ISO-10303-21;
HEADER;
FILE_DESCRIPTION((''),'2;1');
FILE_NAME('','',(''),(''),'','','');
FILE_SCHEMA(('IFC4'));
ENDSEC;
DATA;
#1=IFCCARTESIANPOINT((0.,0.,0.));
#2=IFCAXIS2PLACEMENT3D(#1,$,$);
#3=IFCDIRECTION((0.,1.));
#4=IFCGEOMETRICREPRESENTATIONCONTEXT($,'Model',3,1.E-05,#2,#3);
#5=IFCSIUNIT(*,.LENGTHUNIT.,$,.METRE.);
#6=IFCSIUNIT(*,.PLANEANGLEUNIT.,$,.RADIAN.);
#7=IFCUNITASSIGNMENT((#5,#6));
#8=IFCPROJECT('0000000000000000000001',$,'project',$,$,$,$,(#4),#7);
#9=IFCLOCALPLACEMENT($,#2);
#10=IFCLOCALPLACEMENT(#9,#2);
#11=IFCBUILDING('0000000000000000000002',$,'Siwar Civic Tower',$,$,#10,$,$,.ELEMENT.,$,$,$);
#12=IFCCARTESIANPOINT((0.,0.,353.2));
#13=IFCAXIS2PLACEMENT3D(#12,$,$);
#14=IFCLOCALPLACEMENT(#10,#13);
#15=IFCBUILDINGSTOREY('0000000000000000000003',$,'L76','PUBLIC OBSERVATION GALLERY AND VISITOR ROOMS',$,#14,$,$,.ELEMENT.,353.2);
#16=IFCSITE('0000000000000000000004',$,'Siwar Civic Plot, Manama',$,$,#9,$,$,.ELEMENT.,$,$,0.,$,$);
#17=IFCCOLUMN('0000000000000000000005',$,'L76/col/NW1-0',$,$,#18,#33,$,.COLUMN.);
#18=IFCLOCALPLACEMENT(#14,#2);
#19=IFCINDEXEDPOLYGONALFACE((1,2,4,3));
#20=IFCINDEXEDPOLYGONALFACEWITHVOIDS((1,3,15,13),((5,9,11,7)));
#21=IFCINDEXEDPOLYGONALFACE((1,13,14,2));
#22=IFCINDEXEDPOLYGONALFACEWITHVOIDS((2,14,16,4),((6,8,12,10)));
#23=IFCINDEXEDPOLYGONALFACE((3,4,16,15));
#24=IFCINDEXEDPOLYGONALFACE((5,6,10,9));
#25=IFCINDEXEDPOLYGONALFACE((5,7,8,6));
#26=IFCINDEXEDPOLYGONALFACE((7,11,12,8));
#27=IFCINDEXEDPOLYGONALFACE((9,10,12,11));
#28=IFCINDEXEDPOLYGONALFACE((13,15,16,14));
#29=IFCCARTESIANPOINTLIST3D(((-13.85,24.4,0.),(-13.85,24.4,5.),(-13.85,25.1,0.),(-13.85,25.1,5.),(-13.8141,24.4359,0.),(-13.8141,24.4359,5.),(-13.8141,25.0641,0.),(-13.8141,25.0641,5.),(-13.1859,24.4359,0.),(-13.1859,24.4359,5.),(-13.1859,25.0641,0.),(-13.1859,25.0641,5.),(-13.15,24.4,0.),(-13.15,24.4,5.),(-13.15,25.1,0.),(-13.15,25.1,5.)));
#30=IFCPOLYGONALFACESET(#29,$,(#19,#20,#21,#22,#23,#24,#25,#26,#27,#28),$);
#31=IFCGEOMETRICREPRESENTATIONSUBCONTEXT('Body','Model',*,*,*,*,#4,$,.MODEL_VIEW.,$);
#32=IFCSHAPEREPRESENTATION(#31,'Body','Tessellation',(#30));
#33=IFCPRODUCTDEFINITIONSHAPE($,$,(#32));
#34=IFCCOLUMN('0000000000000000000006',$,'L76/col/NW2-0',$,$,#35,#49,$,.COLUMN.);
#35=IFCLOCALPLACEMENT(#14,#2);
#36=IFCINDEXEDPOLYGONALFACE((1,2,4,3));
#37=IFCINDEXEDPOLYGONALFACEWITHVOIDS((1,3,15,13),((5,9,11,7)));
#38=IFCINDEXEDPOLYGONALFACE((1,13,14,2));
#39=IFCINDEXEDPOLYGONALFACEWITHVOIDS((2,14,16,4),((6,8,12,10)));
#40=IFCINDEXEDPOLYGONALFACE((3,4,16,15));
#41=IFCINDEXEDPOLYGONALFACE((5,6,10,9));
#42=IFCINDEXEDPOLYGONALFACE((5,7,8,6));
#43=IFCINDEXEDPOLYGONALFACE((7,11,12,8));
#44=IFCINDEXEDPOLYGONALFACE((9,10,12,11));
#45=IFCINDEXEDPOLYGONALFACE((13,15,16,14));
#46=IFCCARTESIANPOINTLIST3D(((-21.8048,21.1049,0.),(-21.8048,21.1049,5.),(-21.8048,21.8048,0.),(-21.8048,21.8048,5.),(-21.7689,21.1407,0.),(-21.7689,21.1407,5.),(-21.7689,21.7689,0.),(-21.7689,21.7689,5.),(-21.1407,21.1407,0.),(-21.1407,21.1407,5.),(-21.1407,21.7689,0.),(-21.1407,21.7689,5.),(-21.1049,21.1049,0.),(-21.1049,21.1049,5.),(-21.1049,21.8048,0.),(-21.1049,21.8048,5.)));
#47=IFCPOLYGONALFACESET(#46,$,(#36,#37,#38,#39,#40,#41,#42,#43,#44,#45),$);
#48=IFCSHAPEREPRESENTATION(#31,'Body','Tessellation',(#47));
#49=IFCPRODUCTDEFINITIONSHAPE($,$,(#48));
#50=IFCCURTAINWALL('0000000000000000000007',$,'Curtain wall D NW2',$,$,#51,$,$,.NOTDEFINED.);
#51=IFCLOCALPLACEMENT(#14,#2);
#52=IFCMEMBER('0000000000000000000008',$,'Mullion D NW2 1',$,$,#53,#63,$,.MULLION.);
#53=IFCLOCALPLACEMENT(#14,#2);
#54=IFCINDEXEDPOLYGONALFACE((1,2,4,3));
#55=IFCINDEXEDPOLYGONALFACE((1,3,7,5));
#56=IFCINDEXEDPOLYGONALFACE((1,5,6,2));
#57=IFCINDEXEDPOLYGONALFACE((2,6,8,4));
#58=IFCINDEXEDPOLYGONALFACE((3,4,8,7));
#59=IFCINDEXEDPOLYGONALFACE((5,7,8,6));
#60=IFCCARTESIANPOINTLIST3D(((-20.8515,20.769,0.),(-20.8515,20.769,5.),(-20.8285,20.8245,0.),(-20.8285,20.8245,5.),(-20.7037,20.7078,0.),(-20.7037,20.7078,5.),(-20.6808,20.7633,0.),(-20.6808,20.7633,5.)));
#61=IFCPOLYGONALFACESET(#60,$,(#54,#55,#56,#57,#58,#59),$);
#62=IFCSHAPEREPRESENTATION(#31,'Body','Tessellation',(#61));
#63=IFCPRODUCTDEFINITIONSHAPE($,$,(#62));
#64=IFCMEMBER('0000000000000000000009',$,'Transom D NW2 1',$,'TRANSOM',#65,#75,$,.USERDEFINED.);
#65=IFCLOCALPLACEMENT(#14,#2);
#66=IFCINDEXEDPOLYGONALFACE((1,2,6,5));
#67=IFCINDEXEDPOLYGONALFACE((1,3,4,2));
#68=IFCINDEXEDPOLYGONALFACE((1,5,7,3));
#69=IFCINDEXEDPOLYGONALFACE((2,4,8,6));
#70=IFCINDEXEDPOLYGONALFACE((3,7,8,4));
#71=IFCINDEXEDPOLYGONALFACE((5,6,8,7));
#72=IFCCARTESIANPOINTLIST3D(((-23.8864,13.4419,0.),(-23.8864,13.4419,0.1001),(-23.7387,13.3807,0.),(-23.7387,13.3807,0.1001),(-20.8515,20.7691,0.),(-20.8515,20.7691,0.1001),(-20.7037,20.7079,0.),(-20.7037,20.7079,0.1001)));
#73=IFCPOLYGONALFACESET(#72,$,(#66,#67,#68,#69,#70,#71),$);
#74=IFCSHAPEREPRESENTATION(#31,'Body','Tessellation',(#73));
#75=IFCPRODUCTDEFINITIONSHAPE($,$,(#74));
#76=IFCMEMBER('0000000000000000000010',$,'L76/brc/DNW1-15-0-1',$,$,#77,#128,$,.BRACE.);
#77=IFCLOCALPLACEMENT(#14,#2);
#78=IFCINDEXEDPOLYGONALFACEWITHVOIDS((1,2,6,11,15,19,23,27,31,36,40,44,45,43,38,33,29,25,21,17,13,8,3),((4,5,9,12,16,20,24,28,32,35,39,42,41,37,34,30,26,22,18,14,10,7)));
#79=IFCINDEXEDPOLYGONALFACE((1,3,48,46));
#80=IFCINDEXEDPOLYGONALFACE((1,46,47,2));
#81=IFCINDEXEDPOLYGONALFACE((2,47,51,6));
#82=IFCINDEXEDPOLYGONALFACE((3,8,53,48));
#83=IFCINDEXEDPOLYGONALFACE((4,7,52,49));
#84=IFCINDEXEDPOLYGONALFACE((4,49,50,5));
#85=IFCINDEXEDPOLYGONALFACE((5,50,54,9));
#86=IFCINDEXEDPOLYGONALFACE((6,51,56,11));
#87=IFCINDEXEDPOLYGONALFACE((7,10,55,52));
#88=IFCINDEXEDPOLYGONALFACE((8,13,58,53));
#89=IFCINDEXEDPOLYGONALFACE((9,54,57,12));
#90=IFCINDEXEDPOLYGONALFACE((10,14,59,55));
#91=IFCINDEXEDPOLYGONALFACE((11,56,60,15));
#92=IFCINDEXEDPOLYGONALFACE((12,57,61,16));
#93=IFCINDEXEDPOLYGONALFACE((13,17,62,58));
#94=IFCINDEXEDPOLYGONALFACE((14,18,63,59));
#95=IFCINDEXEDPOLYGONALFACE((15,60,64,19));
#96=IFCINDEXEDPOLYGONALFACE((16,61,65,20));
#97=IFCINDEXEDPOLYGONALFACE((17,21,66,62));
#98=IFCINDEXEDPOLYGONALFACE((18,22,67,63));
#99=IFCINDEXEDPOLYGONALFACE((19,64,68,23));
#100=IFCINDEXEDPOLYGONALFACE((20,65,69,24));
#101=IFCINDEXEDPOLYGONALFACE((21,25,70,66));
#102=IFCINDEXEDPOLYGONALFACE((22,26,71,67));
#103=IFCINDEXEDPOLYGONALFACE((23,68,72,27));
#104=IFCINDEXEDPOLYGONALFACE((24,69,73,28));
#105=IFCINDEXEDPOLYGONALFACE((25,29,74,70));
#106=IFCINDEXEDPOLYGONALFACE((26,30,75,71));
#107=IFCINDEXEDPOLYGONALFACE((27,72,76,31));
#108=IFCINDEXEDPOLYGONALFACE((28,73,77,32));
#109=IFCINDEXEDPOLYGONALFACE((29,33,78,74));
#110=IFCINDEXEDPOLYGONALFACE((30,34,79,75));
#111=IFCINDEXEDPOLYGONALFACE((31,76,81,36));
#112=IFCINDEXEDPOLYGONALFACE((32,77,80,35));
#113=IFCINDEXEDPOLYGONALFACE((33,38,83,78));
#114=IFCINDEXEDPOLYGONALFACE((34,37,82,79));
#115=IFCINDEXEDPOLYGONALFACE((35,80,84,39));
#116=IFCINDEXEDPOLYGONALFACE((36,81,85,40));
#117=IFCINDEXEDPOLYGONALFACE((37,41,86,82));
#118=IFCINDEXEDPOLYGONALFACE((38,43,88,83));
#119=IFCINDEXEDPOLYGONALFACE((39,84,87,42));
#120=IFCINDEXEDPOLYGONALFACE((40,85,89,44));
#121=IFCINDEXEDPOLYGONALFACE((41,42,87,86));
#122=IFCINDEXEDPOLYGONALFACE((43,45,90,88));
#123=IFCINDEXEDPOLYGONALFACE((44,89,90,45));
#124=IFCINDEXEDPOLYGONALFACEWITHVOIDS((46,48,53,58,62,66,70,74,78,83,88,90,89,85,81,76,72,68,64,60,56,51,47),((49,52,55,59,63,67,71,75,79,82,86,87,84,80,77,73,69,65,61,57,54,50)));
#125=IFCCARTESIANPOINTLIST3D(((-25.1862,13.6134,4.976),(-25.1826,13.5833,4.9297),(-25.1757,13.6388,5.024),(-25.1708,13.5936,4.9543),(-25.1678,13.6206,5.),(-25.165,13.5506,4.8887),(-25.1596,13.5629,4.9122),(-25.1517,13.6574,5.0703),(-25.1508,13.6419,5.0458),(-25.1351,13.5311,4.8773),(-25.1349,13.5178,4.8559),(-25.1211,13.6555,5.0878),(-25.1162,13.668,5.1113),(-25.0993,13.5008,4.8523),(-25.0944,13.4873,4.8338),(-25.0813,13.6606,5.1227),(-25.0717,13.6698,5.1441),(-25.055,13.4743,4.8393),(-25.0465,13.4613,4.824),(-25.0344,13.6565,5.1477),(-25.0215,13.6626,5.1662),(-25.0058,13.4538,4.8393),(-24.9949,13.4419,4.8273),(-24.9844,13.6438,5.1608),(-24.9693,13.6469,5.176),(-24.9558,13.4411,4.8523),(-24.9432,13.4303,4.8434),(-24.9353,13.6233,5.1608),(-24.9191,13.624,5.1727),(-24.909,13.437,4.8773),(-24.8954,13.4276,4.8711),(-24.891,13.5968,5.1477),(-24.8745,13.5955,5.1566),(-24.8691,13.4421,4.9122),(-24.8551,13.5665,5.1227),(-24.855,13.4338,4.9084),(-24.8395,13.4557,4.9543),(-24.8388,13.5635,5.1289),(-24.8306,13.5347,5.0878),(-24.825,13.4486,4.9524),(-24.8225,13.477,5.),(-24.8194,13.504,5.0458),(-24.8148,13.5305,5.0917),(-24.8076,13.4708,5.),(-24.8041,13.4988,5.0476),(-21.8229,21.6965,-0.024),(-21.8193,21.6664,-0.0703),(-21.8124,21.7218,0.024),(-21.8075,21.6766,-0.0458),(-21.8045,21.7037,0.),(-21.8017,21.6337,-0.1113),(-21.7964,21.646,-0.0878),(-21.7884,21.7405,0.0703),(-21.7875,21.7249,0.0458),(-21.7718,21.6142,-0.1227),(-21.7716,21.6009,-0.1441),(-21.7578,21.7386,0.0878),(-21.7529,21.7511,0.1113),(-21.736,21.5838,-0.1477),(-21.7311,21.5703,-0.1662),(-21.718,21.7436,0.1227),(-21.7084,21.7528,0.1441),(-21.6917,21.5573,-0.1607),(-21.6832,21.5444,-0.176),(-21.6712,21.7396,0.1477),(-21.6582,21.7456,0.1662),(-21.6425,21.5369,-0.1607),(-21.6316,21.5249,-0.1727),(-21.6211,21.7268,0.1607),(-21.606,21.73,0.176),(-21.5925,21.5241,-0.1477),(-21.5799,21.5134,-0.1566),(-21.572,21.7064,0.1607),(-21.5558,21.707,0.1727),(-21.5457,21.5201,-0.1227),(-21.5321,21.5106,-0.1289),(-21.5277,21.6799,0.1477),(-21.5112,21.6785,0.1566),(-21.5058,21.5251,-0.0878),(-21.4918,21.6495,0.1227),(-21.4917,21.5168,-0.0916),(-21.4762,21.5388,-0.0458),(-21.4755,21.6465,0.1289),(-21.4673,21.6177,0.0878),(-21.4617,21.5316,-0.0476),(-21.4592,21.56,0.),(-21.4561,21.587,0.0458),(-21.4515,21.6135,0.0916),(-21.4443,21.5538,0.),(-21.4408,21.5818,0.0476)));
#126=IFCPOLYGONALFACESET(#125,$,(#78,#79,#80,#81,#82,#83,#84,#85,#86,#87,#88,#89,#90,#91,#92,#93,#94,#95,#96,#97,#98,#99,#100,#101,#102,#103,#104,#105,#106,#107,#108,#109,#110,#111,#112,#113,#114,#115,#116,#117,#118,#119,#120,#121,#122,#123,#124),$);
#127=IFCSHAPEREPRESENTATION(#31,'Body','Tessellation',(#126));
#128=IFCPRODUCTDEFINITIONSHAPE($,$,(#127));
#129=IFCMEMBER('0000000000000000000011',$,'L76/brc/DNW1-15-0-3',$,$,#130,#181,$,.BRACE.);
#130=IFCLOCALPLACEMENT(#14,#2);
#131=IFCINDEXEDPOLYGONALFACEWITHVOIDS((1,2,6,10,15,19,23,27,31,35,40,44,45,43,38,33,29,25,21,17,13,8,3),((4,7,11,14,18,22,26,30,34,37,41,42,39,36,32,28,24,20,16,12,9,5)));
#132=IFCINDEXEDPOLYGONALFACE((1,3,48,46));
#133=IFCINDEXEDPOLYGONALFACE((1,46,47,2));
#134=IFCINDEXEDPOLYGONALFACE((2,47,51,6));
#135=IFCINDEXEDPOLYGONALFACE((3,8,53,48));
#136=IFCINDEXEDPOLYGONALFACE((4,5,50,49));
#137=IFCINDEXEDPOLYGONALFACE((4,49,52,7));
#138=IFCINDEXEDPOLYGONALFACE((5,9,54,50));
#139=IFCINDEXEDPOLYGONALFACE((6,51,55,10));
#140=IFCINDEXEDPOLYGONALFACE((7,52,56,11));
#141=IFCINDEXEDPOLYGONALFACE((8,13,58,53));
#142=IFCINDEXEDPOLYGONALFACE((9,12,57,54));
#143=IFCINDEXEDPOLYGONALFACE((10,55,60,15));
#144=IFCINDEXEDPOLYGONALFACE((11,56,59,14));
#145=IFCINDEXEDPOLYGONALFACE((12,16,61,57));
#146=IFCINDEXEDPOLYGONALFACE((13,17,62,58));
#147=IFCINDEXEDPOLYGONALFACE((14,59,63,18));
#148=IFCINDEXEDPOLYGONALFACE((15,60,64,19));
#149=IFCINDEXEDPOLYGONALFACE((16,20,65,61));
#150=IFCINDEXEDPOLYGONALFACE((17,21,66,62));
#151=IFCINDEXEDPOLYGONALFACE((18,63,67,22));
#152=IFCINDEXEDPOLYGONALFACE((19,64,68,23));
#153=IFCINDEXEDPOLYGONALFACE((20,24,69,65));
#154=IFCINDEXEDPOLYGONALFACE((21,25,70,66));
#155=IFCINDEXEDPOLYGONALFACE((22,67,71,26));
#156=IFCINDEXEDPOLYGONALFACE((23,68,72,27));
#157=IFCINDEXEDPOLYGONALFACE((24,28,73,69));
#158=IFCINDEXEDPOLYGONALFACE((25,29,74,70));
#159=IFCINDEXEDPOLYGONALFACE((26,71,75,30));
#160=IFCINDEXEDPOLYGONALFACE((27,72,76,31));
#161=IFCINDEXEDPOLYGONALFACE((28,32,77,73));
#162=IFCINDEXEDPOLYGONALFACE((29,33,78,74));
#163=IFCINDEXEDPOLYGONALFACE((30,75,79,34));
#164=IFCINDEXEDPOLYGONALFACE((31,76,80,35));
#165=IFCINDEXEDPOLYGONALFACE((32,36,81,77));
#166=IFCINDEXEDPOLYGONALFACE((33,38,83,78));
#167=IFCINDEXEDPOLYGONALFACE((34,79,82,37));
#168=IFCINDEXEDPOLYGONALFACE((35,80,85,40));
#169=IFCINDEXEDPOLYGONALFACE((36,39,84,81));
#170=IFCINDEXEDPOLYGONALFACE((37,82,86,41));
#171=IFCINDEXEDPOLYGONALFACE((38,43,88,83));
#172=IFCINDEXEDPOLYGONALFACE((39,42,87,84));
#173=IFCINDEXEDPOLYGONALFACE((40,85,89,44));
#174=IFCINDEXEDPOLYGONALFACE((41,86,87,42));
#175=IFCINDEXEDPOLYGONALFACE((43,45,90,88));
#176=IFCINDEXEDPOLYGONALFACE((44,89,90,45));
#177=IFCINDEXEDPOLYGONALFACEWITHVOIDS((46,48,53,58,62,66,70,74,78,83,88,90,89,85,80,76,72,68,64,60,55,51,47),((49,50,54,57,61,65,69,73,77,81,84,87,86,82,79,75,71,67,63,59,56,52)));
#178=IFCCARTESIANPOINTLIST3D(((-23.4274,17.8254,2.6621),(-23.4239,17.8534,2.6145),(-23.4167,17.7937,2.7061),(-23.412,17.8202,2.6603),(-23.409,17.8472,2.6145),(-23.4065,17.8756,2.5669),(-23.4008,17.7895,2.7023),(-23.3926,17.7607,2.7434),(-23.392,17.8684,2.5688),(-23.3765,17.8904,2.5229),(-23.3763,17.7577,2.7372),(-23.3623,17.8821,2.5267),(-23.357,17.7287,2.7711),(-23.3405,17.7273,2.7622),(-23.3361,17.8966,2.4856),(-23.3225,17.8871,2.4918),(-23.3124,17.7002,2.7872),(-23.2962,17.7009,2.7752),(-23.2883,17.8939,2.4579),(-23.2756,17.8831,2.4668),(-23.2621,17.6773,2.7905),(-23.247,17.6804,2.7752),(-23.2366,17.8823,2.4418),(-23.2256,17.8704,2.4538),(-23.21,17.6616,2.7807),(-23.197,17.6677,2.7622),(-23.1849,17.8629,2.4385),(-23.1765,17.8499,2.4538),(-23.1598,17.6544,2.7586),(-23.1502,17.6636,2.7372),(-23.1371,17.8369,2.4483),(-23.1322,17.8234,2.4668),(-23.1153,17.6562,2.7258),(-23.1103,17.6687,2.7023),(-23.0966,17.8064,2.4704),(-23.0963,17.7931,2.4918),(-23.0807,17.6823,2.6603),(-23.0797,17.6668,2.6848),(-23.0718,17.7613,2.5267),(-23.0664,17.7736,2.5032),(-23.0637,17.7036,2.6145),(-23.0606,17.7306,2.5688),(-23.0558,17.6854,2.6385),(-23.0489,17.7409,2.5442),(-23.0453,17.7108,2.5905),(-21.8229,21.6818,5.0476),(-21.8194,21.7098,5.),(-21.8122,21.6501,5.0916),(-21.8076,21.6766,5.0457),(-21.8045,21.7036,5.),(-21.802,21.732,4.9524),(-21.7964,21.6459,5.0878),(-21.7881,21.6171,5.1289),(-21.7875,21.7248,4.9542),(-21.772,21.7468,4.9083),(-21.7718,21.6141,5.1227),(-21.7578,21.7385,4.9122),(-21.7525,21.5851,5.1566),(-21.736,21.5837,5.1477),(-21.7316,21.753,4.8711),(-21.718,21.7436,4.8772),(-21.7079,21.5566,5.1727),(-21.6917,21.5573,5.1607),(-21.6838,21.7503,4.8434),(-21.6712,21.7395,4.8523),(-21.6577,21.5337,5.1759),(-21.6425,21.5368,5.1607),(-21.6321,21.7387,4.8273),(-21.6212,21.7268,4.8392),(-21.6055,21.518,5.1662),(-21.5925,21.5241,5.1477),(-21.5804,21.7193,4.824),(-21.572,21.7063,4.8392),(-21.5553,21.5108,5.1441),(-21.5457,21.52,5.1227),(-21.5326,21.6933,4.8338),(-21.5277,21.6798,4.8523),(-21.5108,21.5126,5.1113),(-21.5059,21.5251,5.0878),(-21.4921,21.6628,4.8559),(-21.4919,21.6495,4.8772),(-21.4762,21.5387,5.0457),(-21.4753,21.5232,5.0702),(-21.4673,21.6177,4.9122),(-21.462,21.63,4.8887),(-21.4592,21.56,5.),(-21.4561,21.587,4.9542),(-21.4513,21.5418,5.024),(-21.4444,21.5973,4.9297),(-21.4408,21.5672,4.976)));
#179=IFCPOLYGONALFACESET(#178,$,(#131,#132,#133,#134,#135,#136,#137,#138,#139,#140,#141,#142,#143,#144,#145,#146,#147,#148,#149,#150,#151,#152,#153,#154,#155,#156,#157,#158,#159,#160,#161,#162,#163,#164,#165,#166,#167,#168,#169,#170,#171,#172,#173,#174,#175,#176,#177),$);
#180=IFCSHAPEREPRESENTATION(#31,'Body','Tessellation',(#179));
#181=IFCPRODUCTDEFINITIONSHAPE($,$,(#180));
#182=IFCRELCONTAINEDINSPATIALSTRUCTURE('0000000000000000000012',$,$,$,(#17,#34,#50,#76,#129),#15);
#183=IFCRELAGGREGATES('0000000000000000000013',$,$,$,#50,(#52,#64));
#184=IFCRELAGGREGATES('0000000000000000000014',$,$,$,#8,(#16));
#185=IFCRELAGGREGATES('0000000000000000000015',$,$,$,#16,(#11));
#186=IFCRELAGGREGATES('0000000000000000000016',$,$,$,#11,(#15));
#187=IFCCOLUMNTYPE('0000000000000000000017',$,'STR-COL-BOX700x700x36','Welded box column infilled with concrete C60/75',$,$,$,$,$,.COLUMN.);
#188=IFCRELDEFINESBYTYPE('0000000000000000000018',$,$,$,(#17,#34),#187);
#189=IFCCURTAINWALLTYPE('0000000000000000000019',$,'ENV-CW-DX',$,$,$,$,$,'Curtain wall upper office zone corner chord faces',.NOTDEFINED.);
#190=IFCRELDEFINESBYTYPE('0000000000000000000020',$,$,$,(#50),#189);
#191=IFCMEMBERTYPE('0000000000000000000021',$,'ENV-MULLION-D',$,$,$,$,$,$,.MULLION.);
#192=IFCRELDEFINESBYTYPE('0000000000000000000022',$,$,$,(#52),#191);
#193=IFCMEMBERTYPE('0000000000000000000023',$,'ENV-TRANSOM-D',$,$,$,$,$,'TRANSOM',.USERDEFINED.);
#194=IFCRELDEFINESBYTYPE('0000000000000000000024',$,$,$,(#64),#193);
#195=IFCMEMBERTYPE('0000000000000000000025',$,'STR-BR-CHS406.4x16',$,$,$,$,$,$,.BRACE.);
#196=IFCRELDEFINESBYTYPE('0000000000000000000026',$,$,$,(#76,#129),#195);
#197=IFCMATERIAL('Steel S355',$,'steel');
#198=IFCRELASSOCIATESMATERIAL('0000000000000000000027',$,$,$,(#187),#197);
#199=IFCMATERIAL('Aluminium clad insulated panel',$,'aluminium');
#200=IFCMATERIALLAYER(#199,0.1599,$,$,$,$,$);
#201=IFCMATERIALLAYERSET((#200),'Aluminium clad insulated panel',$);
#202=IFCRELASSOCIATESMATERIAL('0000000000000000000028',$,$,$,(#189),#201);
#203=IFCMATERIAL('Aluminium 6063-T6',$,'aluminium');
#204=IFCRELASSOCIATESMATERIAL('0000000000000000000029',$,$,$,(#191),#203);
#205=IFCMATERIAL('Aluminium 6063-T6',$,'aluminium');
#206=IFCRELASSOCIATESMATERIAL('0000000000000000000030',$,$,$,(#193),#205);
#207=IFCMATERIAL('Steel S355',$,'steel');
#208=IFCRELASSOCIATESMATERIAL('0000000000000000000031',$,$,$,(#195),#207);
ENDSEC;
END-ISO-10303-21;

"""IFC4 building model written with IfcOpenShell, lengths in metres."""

from ifc_helpers import new_model, si_unit, direction, frame, origin, origin_2d, place, context, subcontext, project, spatial, rectangle, hollow_rectangle, hollow_circle, extrude, material, layer, layer_set, material_profile, profile_set, type_object, element, aggregate, save


model = new_model("IFC4")

# Units and contexts
model_context = context("Model", 3, precision=1e-05, world=origin(), true_north=direction((0.0, 1.0)))
body_context = subcontext(model_context, "Body", "Model", "MODEL_VIEW")
ifc_project = project(units=[si_unit("LENGTHUNIT", "METRE"), si_unit("PLANEANGLEUNIT", "RADIAN")], contexts=[model_context])

# Site, building, storey
site_placement = place(None, origin())
site = spatial("IfcSite", under=ifc_project, at=site_placement, Name="Siwar Civic Plot, Manama", CompositionType="ELEMENT", RefElevation=0.0)
building_placement = place(site_placement, origin())
building = spatial("IfcBuilding", under=site, at=building_placement, Name="Siwar Civic Tower", CompositionType="ELEMENT")
storey_placement = place(building_placement, frame((0.0, 0.0, 353.2)))
storey = spatial("IfcBuildingStorey", under=building, at=storey_placement, Name="L76", Description="PUBLIC OBSERVATION GALLERY AND VISITOR ROOMS", CompositionType="ELEMENT", Elevation=353.2)

# Columns
ifc_material_1 = material(Name="Steel S355", Category="steel")
ifc_material_profile_1 = material_profile(ifc_material_1, hollow_rectangle(XDim=0.7, YDim=0.7, WallThickness=0.0359, at=origin_2d()), Name="BOX700x700x36")
ifc_profile_set_1 = profile_set([ifc_material_profile_1], Name="Steel S355")
column_type = type_object("IfcColumnType", Name="STR-COL-BOX700x700x36", Description="Welded box column infilled with concrete C60/75", PredefinedType="COLUMN", material=ifc_profile_set_1)
for number, where, z_axis, x_axis, name in (
    (1, (-13.5, 24.75, 0.0), (0.0, 0.0, 1.0), (1.0, 0.0, 0.0), "L76/col/NW1-0"),
    (2, (-21.4548, 21.4548, 0.0), (0.0, 0.0, 1.0), (1.0, 0.0, 0.0), "L76/col/NW2-0"),
):
    element("IfcColumn", number, at=place(storey_placement, frame(where, z_axis=z_axis, x_axis=x_axis)), inside=storey, type_object=column_type, Name=name, PredefinedType="COLUMN", context=body_context, shape_type="SweptSolid", body=[
        extrude(hollow_rectangle(XDim=0.7, YDim=0.7, WallThickness=0.0359, at=origin_2d()), origin(), (0.0, 0.0, 1.0), 5.0),
    ])

# Curtain wall, members
ifc_material_2 = material(Name="Aluminium clad insulated panel", Category="aluminium")
ifc_layer_1 = layer(ifc_material_2, 0.1599)
ifc_layer_set_1 = layer_set([ifc_layer_1], Name="Aluminium clad insulated panel")
curtain_wall_type = type_object("IfcCurtainWallType", Name="ENV-CW-DX", ElementType="Curtain wall upper office zone corner chord faces", PredefinedType="NOTDEFINED", material=ifc_layer_set_1)
curtain_wall_1_placement = place(storey_placement, origin())
curtain_wall_1 = element("IfcCurtainWall", 3, at=curtain_wall_1_placement, inside=storey, type_object=curtain_wall_type, Name="Curtain wall D NW2", PredefinedType="NOTDEFINED")
ifc_material_3 = material(Name="Aluminium 6063-T6", Category="aluminium")
ifc_material_profile_2 = material_profile(ifc_material_3, rectangle(XDim=0.1599, YDim=0.0601, at=origin_2d()), Name="AL 160x60")
ifc_profile_set_2 = profile_set([ifc_material_profile_2], Name="Aluminium 6063-T6")
member_type_1 = type_object("IfcMemberType", Name="ENV-MULLION-D", PredefinedType="MULLION", material=ifc_profile_set_2)
member_1_placement = place(storey_placement, frame((-20.7661, 20.7661, 0.0), z_axis=(0.0, 0.0, 1.0), x_axis=(0.92388, -0.382683, 0.0)))
member_1 = element("IfcMember", 4, at=member_1_placement, type_object=member_type_1, Name="Mullion D NW2 1", PredefinedType="MULLION", context=body_context, shape_type="SweptSolid", body=[
    extrude(rectangle(XDim=0.1599, YDim=0.0601, at=origin_2d()), origin(), (0.0, 0.0, 1.0), 5.0),
])
ifc_material_4 = material(Name="Aluminium 6063-T6", Category="aluminium")
ifc_material_profile_3 = material_profile(ifc_material_4, rectangle(XDim=0.1599, YDim=0.1001, at=origin_2d()), Name="AL 160x100")
ifc_profile_set_3 = profile_set([ifc_material_profile_3], Name="Aluminium 6063-T6")
member_type_2 = type_object("IfcMemberType", Name="ENV-TRANSOM-D", ElementType="TRANSOM", PredefinedType="USERDEFINED", material=ifc_profile_set_3)
member_2_placement = place(storey_placement, frame((-20.7776, 20.7385, 0.05), z_axis=(-0.382674, -0.923884, 0.0), x_axis=(0.923884, -0.382674, 0.0)))
member_2 = element("IfcMember", 5, at=member_2_placement, type_object=member_type_2, Name="Transom D NW2 1", ObjectType="TRANSOM", PredefinedType="USERDEFINED", context=body_context, shape_type="SweptSolid", body=[
    extrude(rectangle(XDim=0.1599, YDim=0.1001, at=origin_2d()), origin(), (0.0, 0.0, 1.0), 7.9309),
])

# Members
ifc_material_5 = material(Name="Steel S355", Category="steel")
ifc_material_profile_4 = material_profile(ifc_material_5, hollow_circle(Radius=0.2031, WallThickness=0.0161, at=origin_2d()), Name="CHS406.4x16")
ifc_profile_set_4 = profile_set([ifc_material_profile_4], Name="Steel S355")
member_type_3 = type_object("IfcMemberType", Name="STR-BR-CHS406.4x16", PredefinedType="BRACE", material=ifc_profile_set_4)
member_3_placement = place(storey_placement, frame((-21.6318, 21.6318, 0.0), z_axis=(-0.333593, -0.801727, 0.495933), x_axis=(0.923265, -0.384164, 0.0)))
element("IfcMember", 6, at=member_3_placement, inside=storey, type_object=member_type_3, Name="L76/brc/DNW1-15-0-1", PredefinedType="BRACE", context=body_context, shape_type="SweptSolid", body=[
    extrude(hollow_circle(Radius=0.2031, WallThickness=0.0161, at=origin_2d()), origin(), (0.0, 0.0, 1.0), 10.082),
])
member_4_placement = place(storey_placement, frame((-23.2363, 17.7754, 2.6145), z_axis=(0.333567, 0.801737, 0.495934), x_axis=(-0.923277, 0.384134, 0.0)))
element("IfcMember", 7, at=member_4_placement, inside=storey, type_object=member_type_3, Name="L76/brc/DNW1-15-0-3", PredefinedType="BRACE", context=body_context, shape_type="SweptSolid", body=[
    extrude(hollow_circle(Radius=0.2031, WallThickness=0.0161, at=origin_2d()), origin(), (0.0, 0.0, 1.0), 4.8101),
])

aggregate(curtain_wall_1, [member_1, member_2])

save(model, "model.ifc")
